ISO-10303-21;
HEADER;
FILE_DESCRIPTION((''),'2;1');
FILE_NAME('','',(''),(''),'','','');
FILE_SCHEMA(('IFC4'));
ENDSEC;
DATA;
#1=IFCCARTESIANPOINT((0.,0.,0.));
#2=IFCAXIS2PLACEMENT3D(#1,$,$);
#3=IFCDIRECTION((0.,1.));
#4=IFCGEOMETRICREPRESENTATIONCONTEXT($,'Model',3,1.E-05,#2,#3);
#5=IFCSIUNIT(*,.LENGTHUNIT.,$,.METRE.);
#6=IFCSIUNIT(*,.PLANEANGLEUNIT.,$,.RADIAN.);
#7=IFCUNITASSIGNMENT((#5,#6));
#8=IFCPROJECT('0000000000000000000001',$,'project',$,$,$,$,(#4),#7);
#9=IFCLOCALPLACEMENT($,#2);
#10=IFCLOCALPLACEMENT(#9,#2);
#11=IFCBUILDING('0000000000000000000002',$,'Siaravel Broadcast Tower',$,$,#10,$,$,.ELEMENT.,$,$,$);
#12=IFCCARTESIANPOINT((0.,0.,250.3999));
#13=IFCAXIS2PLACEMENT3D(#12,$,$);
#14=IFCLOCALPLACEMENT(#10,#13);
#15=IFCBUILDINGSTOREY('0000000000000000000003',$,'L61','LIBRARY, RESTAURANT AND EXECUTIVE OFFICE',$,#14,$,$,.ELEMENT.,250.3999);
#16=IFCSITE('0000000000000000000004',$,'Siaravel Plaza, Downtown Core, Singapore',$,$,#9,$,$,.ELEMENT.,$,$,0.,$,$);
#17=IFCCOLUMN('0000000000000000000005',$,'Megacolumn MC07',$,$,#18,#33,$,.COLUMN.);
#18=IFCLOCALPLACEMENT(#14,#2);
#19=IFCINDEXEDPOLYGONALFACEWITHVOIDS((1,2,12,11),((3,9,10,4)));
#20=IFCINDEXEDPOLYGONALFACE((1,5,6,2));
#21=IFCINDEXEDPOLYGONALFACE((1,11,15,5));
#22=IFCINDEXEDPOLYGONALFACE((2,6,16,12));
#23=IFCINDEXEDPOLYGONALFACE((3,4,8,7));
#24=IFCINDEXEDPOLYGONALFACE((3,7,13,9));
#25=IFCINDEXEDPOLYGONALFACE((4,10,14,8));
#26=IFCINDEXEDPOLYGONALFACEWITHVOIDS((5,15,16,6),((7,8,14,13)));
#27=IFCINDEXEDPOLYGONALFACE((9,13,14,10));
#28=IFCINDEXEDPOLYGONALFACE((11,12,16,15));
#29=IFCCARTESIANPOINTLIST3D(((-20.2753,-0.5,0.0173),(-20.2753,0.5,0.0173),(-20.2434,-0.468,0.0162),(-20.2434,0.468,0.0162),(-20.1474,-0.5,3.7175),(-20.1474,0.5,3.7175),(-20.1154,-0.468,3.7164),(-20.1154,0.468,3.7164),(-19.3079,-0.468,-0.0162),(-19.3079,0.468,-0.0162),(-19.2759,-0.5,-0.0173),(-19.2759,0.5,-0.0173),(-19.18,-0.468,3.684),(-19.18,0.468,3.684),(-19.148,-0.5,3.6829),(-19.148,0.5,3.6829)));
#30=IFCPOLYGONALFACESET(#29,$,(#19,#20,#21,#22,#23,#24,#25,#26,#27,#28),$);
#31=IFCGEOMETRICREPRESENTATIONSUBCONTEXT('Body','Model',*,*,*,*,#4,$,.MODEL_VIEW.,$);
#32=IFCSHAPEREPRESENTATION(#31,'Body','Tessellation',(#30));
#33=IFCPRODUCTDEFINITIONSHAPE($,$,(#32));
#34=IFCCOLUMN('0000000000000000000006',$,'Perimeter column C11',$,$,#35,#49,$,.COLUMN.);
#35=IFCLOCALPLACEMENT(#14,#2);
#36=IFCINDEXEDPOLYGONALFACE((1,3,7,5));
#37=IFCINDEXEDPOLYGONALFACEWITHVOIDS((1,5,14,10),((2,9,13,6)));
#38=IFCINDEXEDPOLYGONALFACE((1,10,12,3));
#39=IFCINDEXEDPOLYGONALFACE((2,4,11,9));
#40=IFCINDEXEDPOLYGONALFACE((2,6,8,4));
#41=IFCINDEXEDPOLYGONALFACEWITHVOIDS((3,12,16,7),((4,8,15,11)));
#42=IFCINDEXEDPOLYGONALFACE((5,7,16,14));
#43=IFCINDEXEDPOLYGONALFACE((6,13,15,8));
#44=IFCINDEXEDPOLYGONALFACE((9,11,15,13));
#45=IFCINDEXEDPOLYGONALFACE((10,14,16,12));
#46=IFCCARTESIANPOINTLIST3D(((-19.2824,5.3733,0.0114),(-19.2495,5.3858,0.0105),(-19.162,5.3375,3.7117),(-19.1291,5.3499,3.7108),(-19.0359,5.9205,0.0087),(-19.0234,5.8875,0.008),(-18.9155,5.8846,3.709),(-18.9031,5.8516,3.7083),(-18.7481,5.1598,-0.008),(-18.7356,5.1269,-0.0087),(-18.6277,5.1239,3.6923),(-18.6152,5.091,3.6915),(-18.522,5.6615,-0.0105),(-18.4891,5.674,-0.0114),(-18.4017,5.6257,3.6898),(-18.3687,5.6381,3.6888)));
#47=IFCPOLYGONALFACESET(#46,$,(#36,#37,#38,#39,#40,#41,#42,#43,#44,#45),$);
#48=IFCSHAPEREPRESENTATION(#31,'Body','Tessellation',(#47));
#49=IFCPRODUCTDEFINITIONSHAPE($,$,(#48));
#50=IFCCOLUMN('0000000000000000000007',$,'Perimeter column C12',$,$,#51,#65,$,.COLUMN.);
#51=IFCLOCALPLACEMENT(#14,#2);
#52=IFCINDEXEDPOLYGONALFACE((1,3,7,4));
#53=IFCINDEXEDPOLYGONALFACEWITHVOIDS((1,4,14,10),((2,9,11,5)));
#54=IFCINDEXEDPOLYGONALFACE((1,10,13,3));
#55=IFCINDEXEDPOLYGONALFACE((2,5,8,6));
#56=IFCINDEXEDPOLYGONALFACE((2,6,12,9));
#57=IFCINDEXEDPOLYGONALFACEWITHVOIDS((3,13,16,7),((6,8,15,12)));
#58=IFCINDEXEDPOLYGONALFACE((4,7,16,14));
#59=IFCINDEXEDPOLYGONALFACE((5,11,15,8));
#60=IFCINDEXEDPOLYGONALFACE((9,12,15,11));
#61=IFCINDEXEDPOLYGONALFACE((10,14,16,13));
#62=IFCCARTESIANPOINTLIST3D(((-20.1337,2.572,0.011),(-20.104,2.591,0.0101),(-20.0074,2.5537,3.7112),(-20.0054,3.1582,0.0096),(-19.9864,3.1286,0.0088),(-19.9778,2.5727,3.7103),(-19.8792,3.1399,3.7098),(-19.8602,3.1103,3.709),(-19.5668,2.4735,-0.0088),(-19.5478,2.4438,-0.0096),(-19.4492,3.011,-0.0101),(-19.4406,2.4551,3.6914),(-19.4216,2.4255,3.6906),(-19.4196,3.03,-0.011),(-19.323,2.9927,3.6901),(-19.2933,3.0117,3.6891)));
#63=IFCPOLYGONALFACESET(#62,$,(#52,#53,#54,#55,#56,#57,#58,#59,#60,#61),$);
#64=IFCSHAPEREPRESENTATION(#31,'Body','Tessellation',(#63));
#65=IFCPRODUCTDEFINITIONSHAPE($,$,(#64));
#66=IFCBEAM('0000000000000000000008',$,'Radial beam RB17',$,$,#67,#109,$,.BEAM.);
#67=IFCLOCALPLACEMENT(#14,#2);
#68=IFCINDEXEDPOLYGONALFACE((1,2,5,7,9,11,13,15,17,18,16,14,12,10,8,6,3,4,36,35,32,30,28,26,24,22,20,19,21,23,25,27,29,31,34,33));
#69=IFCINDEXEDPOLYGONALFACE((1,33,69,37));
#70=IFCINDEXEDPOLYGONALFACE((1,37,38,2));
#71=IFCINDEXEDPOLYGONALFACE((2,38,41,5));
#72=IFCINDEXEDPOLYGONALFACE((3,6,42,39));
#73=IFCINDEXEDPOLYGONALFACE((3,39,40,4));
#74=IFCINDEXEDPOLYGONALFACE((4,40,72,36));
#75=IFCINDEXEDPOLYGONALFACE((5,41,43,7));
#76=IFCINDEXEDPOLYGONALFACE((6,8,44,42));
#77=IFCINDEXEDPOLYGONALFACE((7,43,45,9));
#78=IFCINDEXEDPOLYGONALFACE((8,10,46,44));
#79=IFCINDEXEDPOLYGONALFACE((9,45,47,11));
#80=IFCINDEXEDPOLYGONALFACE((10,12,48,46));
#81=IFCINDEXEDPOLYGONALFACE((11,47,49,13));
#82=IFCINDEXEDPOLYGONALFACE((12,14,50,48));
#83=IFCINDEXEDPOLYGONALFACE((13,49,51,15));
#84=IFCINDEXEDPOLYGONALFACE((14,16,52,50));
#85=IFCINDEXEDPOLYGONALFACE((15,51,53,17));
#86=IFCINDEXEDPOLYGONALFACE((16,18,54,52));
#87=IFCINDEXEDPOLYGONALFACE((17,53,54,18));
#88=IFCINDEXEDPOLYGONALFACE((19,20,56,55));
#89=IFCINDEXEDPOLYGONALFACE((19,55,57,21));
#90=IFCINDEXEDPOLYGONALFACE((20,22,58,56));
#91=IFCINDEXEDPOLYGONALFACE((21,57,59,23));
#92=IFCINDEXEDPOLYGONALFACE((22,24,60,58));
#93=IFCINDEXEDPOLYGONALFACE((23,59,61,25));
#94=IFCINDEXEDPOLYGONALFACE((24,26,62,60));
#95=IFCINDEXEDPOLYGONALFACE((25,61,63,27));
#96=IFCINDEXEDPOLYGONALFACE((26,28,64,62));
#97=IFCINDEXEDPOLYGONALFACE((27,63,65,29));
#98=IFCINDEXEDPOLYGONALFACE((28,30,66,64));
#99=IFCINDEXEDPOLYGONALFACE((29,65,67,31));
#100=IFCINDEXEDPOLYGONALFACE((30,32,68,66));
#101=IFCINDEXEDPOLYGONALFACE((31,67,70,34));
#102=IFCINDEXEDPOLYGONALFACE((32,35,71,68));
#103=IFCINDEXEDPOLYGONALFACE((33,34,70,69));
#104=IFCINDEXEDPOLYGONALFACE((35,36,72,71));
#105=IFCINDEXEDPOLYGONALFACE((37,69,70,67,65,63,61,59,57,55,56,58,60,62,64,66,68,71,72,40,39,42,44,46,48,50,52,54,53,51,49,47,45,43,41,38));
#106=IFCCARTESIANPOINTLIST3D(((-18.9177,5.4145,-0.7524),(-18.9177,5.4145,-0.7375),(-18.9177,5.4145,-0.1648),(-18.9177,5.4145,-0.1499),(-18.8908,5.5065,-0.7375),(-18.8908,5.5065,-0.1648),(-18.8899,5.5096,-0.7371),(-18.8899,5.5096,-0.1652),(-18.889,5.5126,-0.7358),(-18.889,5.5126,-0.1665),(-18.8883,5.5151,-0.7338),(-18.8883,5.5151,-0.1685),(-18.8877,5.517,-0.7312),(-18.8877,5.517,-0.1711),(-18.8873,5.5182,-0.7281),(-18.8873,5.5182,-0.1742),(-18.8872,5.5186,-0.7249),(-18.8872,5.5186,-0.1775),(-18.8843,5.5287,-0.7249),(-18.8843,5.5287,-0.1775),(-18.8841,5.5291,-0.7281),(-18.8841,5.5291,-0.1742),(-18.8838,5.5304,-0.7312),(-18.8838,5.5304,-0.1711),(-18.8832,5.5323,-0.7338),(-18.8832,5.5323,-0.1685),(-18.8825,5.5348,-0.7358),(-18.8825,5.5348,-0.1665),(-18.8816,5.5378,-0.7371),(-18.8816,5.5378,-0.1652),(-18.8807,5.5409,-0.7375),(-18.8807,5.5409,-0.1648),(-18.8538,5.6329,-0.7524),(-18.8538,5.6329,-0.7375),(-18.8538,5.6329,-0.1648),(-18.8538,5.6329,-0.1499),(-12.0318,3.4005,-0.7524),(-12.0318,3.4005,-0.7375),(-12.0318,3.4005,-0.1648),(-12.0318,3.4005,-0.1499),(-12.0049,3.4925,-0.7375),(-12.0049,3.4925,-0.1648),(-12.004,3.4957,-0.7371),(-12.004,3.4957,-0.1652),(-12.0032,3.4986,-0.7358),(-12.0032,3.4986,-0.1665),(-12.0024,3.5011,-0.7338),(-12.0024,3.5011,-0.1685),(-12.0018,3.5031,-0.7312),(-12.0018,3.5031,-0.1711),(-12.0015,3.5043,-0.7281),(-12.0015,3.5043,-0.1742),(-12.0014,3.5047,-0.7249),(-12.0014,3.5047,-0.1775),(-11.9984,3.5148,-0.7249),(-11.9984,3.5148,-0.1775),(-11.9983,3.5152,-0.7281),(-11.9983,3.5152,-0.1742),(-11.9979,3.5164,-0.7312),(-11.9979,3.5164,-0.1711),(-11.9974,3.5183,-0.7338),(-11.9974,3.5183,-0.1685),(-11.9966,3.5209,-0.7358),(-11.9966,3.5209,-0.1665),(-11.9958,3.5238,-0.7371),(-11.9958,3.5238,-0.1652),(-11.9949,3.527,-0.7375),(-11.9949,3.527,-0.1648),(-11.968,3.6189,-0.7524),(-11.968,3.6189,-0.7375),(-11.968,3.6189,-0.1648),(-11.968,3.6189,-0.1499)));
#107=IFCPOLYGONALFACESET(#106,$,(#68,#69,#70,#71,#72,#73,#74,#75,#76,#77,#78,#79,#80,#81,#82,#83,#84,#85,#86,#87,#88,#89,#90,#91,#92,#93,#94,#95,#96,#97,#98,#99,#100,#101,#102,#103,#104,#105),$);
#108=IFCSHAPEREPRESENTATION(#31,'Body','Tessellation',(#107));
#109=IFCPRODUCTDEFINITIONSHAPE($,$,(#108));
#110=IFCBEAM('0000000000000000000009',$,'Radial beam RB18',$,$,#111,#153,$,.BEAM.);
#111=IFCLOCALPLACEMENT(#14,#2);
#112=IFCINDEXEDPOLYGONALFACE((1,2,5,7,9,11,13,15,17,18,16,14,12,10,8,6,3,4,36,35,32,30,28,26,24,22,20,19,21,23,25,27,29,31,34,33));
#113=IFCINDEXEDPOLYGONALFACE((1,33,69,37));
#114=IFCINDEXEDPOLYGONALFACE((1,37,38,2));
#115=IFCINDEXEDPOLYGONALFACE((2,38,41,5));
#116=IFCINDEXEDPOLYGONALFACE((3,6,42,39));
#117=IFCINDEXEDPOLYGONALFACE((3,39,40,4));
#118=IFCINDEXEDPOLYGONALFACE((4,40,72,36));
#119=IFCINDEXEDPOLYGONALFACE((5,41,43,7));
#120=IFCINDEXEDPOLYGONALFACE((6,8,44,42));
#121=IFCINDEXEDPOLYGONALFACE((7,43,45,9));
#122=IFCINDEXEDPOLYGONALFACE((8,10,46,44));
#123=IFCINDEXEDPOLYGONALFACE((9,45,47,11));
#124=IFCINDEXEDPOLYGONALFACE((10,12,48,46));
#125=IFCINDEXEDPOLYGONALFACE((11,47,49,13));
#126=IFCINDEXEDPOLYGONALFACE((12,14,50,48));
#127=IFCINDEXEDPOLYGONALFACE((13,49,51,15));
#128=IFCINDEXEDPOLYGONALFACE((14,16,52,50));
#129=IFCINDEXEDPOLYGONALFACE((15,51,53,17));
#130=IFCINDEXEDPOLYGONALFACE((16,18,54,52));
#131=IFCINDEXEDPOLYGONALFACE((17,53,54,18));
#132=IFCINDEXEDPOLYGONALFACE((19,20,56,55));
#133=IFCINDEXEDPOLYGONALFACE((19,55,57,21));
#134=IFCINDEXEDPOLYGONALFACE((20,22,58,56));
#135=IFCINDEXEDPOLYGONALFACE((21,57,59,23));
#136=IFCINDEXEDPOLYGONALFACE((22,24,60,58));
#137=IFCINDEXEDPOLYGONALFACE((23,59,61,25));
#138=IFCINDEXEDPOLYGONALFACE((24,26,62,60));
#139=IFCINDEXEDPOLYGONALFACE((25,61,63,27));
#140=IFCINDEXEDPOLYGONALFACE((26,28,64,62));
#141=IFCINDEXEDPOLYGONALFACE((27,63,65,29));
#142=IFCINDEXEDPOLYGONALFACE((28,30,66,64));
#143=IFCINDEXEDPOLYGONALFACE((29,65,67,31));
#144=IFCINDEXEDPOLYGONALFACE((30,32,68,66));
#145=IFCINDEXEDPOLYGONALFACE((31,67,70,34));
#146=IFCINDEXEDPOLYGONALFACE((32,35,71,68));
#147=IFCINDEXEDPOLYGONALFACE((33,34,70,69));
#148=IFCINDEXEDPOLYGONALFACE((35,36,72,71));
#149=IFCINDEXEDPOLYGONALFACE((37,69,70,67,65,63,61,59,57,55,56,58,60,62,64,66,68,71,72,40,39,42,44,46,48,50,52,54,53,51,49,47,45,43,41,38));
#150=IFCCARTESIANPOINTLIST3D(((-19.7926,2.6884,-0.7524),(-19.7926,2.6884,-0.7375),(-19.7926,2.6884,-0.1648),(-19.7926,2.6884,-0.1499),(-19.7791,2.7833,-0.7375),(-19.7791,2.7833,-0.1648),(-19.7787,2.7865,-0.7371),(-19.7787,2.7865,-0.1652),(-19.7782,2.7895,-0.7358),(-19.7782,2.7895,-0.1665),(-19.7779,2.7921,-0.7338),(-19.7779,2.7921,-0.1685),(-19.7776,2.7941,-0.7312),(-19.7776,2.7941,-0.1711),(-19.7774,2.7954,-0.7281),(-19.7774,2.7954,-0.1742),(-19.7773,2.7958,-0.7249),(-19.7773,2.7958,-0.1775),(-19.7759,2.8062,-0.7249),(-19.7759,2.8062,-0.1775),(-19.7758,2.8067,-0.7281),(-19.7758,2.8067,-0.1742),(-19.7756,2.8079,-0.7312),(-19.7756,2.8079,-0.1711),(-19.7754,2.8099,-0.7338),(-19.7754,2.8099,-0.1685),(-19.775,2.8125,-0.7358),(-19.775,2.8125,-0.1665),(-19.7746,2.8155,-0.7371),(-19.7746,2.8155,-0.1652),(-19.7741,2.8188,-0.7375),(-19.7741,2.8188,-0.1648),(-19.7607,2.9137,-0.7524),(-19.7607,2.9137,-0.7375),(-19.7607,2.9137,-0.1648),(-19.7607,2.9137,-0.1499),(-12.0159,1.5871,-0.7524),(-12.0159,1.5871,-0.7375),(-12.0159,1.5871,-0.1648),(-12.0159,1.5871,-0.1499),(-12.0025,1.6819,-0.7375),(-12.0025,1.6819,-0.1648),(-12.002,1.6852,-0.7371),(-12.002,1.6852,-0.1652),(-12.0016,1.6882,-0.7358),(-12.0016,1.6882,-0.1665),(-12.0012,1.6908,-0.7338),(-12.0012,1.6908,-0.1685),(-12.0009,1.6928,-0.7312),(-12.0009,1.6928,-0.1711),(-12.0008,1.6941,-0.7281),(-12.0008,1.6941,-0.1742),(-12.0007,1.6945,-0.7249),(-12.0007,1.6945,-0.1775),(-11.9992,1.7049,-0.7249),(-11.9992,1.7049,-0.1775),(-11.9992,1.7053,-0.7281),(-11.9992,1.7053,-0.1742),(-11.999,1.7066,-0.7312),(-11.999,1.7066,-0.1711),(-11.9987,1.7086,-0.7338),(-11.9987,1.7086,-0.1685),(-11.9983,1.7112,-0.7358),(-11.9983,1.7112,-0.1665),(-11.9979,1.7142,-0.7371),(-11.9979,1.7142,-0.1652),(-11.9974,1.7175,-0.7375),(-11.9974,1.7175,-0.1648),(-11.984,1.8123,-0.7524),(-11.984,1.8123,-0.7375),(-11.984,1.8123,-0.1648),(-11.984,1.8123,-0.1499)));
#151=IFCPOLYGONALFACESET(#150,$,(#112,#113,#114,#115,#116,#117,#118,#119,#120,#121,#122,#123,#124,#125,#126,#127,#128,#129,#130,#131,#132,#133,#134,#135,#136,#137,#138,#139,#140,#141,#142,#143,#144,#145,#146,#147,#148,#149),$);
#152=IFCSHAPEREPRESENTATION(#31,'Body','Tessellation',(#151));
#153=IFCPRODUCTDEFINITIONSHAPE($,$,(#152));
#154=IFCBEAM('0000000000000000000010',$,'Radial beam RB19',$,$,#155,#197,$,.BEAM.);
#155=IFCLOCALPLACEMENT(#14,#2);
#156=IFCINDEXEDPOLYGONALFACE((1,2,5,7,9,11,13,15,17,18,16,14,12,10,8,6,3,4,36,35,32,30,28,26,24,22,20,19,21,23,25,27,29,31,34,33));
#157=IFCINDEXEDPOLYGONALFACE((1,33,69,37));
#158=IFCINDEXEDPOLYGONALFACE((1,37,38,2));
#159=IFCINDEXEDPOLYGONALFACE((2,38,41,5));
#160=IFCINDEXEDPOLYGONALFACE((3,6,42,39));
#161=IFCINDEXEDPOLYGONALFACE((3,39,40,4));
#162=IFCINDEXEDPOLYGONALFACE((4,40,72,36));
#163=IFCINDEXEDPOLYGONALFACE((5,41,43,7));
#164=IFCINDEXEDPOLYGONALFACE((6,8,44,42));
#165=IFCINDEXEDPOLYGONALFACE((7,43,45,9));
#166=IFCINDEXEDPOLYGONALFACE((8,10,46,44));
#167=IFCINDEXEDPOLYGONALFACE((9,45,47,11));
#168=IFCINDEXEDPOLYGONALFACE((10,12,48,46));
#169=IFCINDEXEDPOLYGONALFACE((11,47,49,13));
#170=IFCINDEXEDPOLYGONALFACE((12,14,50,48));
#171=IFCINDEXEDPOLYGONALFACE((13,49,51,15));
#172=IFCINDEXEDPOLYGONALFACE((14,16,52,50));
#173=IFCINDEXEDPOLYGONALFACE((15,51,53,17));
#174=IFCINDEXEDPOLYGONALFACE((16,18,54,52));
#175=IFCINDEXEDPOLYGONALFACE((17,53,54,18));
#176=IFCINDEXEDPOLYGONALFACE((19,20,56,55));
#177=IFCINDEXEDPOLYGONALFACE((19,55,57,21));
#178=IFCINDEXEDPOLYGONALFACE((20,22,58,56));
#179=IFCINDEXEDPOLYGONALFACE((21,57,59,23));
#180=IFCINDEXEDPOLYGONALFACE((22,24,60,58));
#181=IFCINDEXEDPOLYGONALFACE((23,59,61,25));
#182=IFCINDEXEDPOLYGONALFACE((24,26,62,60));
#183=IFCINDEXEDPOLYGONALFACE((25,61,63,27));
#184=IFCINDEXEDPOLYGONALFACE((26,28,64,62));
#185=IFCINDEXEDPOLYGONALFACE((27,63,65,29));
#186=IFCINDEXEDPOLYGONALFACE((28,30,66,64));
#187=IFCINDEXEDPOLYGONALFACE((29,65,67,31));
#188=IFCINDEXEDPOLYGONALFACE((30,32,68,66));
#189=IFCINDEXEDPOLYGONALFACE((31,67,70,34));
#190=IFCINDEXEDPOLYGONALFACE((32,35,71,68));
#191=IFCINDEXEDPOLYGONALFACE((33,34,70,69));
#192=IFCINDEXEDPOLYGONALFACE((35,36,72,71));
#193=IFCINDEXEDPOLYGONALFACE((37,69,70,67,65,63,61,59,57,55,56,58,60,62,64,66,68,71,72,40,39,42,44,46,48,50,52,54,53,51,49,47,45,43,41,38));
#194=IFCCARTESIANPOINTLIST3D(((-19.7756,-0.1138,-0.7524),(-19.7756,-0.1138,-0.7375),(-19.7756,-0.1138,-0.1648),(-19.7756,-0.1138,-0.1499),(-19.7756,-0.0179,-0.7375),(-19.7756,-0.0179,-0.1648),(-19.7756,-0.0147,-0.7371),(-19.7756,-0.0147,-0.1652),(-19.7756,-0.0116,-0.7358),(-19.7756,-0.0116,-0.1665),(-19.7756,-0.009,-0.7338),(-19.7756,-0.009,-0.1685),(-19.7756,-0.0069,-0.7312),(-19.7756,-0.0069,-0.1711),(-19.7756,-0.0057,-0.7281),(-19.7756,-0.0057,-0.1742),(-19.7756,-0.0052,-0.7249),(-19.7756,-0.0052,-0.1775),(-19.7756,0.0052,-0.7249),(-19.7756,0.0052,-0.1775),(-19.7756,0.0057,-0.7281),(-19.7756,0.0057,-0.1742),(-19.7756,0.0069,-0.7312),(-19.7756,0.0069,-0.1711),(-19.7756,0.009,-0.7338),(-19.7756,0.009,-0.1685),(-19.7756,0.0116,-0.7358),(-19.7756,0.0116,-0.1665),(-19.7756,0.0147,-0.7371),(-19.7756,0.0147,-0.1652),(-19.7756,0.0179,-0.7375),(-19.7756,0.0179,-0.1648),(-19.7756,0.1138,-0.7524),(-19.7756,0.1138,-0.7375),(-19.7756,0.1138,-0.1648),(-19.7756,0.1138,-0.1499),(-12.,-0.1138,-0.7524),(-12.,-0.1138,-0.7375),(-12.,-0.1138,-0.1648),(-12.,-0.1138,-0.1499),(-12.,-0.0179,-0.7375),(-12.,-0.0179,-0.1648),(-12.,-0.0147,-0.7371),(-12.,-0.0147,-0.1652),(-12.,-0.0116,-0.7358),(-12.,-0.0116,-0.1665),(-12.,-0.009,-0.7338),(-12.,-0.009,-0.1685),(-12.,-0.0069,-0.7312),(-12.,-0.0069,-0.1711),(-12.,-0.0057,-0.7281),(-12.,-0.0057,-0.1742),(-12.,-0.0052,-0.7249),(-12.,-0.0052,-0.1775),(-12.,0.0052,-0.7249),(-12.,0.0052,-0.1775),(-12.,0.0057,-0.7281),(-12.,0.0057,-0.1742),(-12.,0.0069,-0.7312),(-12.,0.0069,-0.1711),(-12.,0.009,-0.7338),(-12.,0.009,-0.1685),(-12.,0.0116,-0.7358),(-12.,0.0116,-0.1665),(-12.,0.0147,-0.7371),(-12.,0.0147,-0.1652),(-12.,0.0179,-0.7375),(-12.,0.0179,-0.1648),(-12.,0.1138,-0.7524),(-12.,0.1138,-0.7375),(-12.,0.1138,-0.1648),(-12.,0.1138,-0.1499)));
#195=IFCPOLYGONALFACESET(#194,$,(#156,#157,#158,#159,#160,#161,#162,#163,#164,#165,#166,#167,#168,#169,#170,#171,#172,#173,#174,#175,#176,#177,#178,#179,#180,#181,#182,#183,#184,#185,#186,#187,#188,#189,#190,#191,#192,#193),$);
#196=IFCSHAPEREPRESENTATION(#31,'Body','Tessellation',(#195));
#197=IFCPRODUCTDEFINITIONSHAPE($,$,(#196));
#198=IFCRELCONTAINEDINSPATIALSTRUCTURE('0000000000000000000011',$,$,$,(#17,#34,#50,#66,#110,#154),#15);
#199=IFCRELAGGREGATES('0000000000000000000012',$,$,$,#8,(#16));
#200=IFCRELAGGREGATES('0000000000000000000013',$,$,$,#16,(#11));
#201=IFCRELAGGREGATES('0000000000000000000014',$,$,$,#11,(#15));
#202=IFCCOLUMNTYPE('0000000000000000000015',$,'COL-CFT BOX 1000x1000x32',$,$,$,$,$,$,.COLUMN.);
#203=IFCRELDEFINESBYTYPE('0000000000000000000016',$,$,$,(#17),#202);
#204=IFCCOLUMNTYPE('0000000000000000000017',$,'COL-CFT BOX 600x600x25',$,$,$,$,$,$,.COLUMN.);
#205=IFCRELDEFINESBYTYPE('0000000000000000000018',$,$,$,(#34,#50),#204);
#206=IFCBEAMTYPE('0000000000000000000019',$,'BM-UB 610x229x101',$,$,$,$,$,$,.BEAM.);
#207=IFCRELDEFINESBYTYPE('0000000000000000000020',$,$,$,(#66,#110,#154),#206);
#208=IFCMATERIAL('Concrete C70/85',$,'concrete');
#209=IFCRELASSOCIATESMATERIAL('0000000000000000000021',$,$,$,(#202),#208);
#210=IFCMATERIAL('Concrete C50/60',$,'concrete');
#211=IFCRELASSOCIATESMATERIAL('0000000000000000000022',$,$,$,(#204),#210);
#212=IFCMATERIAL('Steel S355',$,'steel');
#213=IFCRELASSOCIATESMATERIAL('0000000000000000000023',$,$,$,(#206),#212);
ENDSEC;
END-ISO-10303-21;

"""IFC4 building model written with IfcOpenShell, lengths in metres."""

from ifc_helpers import new_model, si_unit, direction, frame, origin, origin_2d, place, context, subcontext, project, spatial, hollow_rectangle, i_section, extrude, material, material_profile, profile_set, type_object, element, save


model = new_model("IFC4")

# Units and contexts
model_context = context("Model", 3, precision=1e-05, world=origin(), true_north=direction((0.0, 1.0)))
body_context = subcontext(model_context, "Body", "Model", "MODEL_VIEW")
ifc_project = project(units=[si_unit("LENGTHUNIT", "METRE"), si_unit("PLANEANGLEUNIT", "RADIAN")], contexts=[model_context])

# Site, building, storey
site_placement = place(None, origin())
site = spatial("IfcSite", under=ifc_project, at=site_placement, Name="Siaravel Plaza, Downtown Core, Singapore", CompositionType="ELEMENT", RefElevation=0.0)
building_placement = place(site_placement, origin())
building = spatial("IfcBuilding", under=site, at=building_placement, Name="Siaravel Broadcast Tower", CompositionType="ELEMENT")
storey_placement = place(building_placement, frame((0.0, 0.0, 250.3999)))
storey = spatial("IfcBuildingStorey", under=building, at=storey_placement, Name="L61", Description="LIBRARY, RESTAURANT AND EXECUTIVE OFFICE", CompositionType="ELEMENT", Elevation=250.3999)

# Columns
ifc_material_1 = material(Name="Concrete C70/85", Category="concrete")
ifc_material_profile_1 = material_profile(ifc_material_1, hollow_rectangle(XDim=1.0, YDim=1.0, WallThickness=0.032, at=origin_2d()))
ifc_profile_set_1 = profile_set([ifc_material_profile_1], Name="Concrete C70/85")
column_type_1 = type_object("IfcColumnType", Name="COL-CFT BOX 1000x1000x32", PredefinedType="COLUMN", material=ifc_profile_set_1)
column_placement = place(storey_placement, frame((-19.7756, 0.0, 0.0), z_axis=(0.034553, 0.0, 0.999403), x_axis=(0.0, 1.0, 0.0)))
element("IfcColumn", 1, at=column_placement, inside=storey, type_object=column_type_1, Name="Megacolumn MC07", PredefinedType="COLUMN", context=body_context, shape_type="SweptSolid", body=[
    extrude(hollow_rectangle(XDim=1.0, YDim=1.0, WallThickness=0.032, at=origin_2d()), origin(), (0.0, 0.0, 1.0), 3.7024),
])
ifc_material_2 = material(Name="Concrete C50/60", Category="concrete")
ifc_material_profile_2 = material_profile(ifc_material_2, hollow_rectangle(XDim=0.6001, YDim=0.6001, WallThickness=0.0249, at=origin_2d()))
ifc_profile_set_2 = profile_set([ifc_material_profile_2], Name="Concrete C50/60")
column_type_2 = type_object("IfcColumnType", Name="COL-CFT BOX 600x600x25", PredefinedType="COLUMN", material=ifc_profile_set_2)
for number, where, z_axis, x_axis, name in (
    (2, (-18.8857, 5.5237, 0.0), (0.03251, -0.009694, 0.999424), (0.410776, 0.911725, -0.004519), "Perimeter column C11"),
    (3, (-19.7766, 2.801, 0.0), (0.034092, -0.004946, 0.999406), (0.213691, 0.976898, -0.002455), "Perimeter column C12"),
):
    element("IfcColumn", number, at=place(storey_placement, frame(where, z_axis=z_axis, x_axis=x_axis)), inside=storey, type_object=column_type_2, Name=name, PredefinedType="COLUMN", context=body_context, shape_type="SweptSolid", body=[
        extrude(hollow_rectangle(XDim=0.6001, YDim=0.6001, WallThickness=0.0249, at=origin_2d()), origin(), (0.0, 0.0, 1.0), 3.7024),
    ])

# Beams
ifc_material_3 = material(Name="Steel S355", Category="steel")
ifc_material_profile_3 = material_profile(ifc_material_3, i_section(OverallWidth=0.2275, OverallDepth=0.6025, WebThickness=0.0105, FlangeThickness=0.0149, FilletRadius=0.0127, at=origin_2d()))
ifc_profile_set_3 = profile_set([ifc_material_profile_3], Name="Steel S355")
beam_type = type_object("IfcBeamType", Name="BM-UB 610x229x101", PredefinedType="BEAM", material=ifc_profile_set_3)
beam_1_placement = place(storey_placement, frame((-18.8857, 5.5237, -0.4512), z_axis=(0.959791, -0.280716, 0.0), x_axis=(0.280716, 0.959791, 0.0)))
element("IfcBeam", 4, at=beam_1_placement, inside=storey, type_object=beam_type, Name="Radial beam RB17", PredefinedType="BEAM", context=body_context, shape_type="SweptSolid", body=[
    extrude(i_section(OverallWidth=0.2275, OverallDepth=0.6025, WebThickness=0.0105, FlangeThickness=0.0149, FilletRadius=0.0127, at=origin_2d()), origin(), (0.0, 0.0, 1.0), 7.1743),
])
beam_2_placement = place(storey_placement, frame((-19.7766, 2.801, -0.4512), z_axis=(0.99012, -0.14022, 0.0), x_axis=(0.14022, 0.99012, 0.0)))
element("IfcBeam", 5, at=beam_2_placement, inside=storey, type_object=beam_type, Name="Radial beam RB18", PredefinedType="BEAM", context=body_context, shape_type="SweptSolid", body=[
    extrude(i_section(OverallWidth=0.2275, OverallDepth=0.6025, WebThickness=0.0105, FlangeThickness=0.0149, FilletRadius=0.0127, at=origin_2d()), origin(), (0.0, 0.0, 1.0), 7.8542),
])
beam_3_placement = place(storey_placement, frame((-19.7756, 0.0, -0.4512), z_axis=(1.0, 0.0, 0.0), x_axis=(0.0, 1.0, 0.0)))
element("IfcBeam", 6, at=beam_3_placement, inside=storey, type_object=beam_type, Name="Radial beam RB19", PredefinedType="BEAM", context=body_context, shape_type="SweptSolid", body=[
    extrude(i_section(OverallWidth=0.2275, OverallDepth=0.6025, WebThickness=0.0105, FlangeThickness=0.0149, FilletRadius=0.0127, at=origin_2d()), origin(), (0.0, 0.0, 1.0), 7.7756),
])

save(model, "model.ifc")
